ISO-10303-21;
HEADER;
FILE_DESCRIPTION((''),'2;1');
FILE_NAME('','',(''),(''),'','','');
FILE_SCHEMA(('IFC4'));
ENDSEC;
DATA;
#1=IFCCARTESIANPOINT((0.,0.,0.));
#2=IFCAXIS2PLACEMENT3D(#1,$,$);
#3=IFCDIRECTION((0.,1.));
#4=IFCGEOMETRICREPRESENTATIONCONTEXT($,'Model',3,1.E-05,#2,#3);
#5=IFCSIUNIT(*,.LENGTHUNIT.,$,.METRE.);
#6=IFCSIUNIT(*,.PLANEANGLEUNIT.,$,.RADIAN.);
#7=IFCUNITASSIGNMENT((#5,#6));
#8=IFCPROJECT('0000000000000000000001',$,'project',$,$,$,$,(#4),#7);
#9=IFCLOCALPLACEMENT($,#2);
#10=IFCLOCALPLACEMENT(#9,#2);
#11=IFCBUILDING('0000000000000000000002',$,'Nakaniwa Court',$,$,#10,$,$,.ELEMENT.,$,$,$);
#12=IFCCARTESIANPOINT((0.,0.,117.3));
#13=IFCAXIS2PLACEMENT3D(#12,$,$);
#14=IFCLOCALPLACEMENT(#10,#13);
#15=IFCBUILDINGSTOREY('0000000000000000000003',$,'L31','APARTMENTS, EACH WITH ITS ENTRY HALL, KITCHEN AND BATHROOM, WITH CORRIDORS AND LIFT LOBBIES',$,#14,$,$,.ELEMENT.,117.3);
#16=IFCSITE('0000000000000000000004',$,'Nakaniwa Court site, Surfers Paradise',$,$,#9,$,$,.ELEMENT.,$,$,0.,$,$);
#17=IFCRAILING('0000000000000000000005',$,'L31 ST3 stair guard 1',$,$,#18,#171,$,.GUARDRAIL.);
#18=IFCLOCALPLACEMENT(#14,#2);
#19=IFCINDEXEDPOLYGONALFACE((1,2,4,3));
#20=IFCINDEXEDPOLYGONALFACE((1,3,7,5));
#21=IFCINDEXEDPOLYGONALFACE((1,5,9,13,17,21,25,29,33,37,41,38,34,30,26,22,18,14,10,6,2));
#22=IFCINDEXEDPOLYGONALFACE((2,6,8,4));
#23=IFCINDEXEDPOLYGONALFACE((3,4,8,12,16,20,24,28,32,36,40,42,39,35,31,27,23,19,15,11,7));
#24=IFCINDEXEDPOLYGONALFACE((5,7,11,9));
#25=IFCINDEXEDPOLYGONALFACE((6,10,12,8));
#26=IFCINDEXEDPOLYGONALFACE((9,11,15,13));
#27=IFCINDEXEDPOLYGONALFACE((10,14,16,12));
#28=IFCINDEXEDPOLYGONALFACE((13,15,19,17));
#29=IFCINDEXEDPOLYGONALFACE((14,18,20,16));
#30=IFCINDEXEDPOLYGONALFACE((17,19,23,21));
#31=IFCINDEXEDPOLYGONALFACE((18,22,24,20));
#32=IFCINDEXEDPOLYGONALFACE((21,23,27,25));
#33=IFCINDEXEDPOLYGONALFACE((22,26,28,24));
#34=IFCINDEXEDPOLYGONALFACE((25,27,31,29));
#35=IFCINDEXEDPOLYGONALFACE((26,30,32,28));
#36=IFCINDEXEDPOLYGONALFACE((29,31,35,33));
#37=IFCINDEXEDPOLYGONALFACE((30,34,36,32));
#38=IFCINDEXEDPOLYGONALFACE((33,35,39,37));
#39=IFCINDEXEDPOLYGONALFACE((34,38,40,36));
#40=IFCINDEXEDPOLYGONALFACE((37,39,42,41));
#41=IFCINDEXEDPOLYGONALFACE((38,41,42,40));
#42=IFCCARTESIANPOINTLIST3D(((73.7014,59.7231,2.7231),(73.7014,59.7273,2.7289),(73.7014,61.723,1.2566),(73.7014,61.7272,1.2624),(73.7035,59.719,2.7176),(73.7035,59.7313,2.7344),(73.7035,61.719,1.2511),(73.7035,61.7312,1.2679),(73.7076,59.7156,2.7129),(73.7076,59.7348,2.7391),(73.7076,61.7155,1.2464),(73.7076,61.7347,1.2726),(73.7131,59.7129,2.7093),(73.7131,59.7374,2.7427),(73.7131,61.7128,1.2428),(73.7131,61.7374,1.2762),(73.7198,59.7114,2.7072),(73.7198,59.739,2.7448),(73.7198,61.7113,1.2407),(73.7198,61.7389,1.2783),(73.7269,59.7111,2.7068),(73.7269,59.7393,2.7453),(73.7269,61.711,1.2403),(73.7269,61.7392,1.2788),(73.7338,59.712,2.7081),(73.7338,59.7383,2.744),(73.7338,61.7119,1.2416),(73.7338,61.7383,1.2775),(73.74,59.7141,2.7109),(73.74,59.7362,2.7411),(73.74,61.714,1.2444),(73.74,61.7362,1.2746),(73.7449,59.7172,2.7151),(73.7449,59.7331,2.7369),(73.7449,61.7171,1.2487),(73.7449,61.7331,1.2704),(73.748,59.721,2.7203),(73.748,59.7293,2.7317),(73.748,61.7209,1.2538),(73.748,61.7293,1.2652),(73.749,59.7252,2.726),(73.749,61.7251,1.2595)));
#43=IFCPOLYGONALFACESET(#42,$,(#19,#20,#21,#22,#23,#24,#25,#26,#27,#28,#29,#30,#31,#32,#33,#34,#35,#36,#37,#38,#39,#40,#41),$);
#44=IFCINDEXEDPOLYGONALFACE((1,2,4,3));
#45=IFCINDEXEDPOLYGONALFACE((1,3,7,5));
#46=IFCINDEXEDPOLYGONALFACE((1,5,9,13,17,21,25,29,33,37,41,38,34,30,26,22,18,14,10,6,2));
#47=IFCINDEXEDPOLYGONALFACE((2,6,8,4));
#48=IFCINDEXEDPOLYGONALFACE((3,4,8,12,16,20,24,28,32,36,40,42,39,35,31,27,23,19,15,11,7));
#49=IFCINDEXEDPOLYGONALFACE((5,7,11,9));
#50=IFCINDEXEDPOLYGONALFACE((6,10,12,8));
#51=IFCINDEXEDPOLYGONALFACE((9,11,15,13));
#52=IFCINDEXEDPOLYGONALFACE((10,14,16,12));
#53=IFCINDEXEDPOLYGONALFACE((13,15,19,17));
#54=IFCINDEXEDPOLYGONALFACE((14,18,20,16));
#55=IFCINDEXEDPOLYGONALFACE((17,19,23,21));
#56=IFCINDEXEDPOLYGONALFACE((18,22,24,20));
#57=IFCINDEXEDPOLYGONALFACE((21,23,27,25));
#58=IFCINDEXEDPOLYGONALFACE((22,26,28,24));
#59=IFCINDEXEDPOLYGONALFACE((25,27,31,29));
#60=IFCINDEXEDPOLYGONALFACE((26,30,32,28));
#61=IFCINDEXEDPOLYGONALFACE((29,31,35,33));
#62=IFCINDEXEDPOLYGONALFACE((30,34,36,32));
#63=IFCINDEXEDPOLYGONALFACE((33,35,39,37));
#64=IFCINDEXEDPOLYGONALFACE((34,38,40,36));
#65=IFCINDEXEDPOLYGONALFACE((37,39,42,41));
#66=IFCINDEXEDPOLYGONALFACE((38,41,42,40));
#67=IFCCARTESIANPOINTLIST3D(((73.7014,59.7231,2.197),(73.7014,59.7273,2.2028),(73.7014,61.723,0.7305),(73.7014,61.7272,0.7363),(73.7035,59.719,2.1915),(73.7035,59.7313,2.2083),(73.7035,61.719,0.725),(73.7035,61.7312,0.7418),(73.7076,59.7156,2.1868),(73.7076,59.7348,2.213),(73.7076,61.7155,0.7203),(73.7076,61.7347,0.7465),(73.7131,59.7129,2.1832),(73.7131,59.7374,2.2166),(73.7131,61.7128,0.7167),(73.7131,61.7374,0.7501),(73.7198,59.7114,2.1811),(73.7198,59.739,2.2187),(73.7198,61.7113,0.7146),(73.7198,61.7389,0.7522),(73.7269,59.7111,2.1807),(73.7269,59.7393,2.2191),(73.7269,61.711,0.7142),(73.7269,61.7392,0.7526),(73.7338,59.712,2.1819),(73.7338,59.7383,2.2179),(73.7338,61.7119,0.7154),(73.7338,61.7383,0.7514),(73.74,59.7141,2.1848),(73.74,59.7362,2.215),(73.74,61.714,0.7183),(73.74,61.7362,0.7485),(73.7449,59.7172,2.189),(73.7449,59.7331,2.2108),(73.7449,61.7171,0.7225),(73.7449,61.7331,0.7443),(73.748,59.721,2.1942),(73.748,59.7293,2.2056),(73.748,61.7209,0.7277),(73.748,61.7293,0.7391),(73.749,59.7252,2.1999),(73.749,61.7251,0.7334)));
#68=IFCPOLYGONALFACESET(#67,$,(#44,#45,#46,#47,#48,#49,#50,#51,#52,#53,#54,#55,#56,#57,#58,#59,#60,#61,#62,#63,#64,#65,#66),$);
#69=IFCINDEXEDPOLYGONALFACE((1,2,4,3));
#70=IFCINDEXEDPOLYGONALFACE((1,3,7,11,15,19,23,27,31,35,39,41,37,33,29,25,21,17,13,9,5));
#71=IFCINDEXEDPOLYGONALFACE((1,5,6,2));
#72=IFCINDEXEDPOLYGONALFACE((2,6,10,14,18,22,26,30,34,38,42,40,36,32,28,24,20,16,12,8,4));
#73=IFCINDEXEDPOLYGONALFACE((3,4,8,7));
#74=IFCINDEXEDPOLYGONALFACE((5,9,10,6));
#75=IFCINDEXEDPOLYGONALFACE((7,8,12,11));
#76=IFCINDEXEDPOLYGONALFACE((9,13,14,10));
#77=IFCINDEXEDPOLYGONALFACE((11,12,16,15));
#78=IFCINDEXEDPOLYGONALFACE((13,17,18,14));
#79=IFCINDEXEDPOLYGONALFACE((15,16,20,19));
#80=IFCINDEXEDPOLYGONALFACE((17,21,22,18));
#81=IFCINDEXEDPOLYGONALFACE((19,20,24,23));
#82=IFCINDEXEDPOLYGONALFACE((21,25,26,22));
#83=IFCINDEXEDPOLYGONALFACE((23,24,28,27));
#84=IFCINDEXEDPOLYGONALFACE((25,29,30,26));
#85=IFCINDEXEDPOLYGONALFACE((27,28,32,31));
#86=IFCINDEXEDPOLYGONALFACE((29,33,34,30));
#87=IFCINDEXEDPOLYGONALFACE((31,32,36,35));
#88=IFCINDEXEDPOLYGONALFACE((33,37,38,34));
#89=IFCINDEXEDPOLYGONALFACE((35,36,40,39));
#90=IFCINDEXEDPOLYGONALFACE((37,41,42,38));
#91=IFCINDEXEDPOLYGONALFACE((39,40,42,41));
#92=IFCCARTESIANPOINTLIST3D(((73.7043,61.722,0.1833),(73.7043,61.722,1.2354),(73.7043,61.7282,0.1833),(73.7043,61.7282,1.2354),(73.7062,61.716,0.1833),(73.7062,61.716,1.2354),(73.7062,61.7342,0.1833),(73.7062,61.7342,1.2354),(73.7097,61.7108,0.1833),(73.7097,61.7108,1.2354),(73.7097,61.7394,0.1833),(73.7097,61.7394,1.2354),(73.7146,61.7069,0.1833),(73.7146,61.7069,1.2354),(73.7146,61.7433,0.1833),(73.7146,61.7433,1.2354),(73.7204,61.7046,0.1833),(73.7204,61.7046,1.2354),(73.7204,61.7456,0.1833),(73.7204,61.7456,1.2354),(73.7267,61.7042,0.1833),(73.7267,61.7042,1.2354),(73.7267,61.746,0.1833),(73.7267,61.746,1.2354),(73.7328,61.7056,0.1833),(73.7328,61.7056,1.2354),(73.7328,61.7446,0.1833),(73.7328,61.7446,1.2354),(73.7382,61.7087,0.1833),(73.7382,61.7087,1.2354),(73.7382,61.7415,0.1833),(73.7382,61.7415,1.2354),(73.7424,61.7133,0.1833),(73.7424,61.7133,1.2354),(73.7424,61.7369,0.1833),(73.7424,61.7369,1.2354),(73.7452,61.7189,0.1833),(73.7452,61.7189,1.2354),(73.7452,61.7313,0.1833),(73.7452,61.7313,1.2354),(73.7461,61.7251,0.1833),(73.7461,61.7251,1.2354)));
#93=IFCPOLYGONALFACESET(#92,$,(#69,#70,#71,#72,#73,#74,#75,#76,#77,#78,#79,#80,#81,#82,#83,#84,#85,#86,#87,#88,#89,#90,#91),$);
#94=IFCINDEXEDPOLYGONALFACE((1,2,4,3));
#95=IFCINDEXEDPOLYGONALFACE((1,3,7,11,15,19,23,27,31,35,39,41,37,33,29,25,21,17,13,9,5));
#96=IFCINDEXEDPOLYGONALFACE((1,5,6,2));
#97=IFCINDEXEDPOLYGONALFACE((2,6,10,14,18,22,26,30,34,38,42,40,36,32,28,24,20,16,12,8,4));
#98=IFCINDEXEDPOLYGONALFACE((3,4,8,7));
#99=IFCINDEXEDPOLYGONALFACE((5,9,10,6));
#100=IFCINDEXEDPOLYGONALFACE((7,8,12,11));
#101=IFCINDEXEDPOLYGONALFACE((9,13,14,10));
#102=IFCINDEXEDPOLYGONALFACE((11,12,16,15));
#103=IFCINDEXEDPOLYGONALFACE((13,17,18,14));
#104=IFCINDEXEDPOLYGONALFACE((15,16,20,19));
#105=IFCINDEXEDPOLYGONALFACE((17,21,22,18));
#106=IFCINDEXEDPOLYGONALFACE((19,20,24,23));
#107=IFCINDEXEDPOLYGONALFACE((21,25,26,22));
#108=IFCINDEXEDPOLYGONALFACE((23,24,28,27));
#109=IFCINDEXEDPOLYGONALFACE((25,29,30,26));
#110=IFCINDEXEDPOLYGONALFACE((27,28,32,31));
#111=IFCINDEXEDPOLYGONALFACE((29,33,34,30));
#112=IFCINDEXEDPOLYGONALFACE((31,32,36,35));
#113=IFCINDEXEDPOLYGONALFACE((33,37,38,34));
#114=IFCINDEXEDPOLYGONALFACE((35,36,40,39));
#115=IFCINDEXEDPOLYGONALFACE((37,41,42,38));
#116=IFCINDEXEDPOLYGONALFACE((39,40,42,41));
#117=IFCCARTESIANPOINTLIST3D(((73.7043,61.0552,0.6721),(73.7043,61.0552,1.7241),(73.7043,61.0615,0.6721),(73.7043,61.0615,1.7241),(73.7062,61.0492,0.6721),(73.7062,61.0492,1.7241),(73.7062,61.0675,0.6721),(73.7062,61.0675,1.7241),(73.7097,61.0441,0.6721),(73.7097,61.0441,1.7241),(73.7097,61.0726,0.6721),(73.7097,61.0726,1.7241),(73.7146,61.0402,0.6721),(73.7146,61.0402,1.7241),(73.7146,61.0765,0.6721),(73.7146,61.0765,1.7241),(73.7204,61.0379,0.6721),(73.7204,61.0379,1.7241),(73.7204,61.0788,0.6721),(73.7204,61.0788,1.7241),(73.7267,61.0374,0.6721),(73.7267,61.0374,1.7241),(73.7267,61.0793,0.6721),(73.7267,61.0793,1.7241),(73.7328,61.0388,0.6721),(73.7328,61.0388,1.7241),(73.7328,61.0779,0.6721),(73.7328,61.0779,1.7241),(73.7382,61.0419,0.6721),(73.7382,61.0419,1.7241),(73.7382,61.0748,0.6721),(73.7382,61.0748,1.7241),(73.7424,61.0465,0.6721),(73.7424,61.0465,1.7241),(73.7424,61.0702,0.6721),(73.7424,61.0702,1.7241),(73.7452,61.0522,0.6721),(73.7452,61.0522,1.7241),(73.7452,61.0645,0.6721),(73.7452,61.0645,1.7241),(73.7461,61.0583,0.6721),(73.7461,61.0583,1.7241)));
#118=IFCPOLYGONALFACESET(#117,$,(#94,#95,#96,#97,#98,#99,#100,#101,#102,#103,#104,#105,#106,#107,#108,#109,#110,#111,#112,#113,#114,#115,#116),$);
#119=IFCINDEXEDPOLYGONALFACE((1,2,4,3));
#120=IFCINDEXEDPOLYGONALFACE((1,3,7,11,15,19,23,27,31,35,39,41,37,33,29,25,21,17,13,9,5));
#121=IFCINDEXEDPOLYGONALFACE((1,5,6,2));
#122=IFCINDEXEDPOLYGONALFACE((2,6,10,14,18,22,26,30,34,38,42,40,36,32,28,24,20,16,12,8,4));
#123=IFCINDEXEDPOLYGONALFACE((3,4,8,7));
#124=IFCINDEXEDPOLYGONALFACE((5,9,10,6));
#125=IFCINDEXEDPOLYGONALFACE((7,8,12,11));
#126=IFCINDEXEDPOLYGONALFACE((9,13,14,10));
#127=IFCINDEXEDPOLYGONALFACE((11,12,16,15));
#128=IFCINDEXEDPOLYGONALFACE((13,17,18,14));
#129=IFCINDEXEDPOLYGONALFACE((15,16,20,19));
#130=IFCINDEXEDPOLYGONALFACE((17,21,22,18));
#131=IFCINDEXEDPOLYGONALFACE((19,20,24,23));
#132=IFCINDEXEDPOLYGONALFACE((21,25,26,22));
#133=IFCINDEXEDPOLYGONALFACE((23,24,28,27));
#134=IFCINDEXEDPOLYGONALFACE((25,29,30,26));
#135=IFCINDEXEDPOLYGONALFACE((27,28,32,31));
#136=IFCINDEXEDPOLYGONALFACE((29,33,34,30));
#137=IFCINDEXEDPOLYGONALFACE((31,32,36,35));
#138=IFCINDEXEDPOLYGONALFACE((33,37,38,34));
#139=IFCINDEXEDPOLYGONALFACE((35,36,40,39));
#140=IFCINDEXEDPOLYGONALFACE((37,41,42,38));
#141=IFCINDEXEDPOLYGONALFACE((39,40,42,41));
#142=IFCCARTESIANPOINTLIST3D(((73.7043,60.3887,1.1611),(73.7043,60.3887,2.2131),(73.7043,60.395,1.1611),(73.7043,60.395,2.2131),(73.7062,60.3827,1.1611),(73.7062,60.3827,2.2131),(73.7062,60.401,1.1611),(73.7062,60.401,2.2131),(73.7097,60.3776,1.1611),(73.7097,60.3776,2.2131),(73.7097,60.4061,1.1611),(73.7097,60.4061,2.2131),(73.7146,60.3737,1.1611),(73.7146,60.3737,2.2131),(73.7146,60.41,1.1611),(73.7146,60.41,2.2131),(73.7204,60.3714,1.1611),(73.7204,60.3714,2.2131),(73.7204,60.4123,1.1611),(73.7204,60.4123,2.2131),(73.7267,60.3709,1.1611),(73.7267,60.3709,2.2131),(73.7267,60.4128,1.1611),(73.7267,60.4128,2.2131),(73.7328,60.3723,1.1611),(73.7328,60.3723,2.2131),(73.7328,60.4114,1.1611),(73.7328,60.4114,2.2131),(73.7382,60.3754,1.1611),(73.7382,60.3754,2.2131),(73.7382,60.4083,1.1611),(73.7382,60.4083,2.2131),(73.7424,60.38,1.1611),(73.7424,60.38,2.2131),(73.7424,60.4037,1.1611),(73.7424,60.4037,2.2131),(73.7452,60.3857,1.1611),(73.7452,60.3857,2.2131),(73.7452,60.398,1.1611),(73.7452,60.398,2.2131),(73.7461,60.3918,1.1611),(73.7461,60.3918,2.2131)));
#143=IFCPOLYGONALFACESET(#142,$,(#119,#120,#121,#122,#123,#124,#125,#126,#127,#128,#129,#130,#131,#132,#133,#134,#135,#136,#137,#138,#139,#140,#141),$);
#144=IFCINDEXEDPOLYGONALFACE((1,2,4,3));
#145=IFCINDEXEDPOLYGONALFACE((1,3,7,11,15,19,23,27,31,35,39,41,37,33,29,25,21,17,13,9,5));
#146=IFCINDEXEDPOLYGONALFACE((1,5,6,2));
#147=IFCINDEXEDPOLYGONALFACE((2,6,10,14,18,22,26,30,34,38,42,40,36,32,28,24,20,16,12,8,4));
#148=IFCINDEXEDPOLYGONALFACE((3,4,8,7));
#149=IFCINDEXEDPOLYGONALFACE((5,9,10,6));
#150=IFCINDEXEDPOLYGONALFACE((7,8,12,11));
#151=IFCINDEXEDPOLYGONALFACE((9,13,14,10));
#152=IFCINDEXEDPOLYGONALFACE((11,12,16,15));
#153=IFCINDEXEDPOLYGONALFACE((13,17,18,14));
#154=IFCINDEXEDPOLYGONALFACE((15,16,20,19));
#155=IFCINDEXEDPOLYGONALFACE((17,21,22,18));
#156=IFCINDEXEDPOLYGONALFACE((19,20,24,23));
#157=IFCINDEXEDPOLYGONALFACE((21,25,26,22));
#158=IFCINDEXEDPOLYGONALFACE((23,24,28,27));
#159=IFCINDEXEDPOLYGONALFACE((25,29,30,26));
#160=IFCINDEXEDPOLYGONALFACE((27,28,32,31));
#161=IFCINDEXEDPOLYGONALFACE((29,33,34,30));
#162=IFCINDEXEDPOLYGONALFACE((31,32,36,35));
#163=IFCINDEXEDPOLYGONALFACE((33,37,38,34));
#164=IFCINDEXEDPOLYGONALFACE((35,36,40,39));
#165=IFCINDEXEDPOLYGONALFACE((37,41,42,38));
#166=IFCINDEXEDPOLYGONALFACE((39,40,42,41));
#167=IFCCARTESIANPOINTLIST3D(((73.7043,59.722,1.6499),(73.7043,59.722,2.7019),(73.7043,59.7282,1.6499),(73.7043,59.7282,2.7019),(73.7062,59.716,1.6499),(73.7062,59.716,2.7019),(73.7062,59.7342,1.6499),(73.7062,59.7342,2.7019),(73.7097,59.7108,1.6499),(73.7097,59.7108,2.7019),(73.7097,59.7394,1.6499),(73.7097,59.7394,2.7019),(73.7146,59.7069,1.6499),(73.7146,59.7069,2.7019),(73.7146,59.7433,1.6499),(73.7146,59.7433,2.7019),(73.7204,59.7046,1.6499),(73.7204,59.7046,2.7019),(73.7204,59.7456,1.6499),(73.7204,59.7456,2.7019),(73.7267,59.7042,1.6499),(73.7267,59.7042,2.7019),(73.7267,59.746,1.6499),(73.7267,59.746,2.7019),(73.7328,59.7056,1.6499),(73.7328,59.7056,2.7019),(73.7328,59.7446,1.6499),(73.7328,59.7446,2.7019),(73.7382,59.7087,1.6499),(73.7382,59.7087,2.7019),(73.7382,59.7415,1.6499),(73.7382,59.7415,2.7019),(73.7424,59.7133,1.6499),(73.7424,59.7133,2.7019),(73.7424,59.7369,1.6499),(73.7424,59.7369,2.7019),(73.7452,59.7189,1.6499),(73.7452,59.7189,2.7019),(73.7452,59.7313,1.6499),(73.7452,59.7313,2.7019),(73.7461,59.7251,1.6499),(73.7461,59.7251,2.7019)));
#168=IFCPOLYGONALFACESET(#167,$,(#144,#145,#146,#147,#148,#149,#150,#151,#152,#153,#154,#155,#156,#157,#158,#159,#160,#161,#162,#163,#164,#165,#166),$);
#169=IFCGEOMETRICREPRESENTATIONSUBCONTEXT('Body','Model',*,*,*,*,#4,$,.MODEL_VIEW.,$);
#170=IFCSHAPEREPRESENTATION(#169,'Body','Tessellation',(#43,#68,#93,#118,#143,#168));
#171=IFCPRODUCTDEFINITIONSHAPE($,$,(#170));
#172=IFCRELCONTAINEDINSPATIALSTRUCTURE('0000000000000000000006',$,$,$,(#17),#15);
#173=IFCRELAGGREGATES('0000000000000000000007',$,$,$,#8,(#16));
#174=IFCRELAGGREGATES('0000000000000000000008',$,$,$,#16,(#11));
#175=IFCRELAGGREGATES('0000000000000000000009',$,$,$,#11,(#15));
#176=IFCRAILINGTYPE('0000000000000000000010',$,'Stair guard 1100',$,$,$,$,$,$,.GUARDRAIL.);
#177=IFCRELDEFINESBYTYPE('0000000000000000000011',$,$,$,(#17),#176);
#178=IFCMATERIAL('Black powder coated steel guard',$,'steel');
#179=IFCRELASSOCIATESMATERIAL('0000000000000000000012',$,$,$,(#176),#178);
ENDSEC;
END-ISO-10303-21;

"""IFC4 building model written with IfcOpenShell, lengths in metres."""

from ifc_helpers import new_model, si_unit, direction, frame, origin, origin_2d, place, context, subcontext, project, spatial, circle, extrude, material, type_object, element, save


model = new_model("IFC4")

# Units and contexts
model_context = context("Model", 3, precision=1e-05, world=origin(), true_north=direction((0.0, 1.0)))
body_context = subcontext(model_context, "Body", "Model", "MODEL_VIEW")
ifc_project = project(units=[si_unit("LENGTHUNIT", "METRE"), si_unit("PLANEANGLEUNIT", "RADIAN")], contexts=[model_context])

# Site, building, storey
site_placement = place(None, origin())
site = spatial("IfcSite", under=ifc_project, at=site_placement, Name="Nakaniwa Court site, Surfers Paradise", CompositionType="ELEMENT", RefElevation=0.0)
building_placement = place(site_placement, origin())
building = spatial("IfcBuilding", under=site, at=building_placement, Name="Nakaniwa Court", CompositionType="ELEMENT")
storey_placement = place(building_placement, frame((0.0, 0.0, 117.3)))
storey = spatial("IfcBuildingStorey", under=building, at=storey_placement, Name="L31", Description="APARTMENTS, EACH WITH ITS ENTRY HALL, KITCHEN AND BATHROOM, WITH CORRIDORS AND LIFT LOBBIES", CompositionType="ELEMENT", Elevation=117.3)

# Railing
ifc_material_1 = material(Name="Black powder coated steel guard", Category="steel")
railing_type_1 = type_object("IfcRailingType", Name="Stair guard 1100", PredefinedType="GUARDRAIL", material=ifc_material_1)
railing_1_placement = place(storey_placement, frame((73.7251, 61.7251, 0.1833)))
element("IfcRailing", 1, at=railing_1_placement, inside=storey, type_object=railing_type_1, Name="L31 ST3 stair guard 1", PredefinedType="GUARDRAIL", context=body_context, shape_type="SweptSolid", body=[
    extrude(circle(Radius=0.0239, at=origin_2d()), frame((0.0, 0.0, 1.0762), z_axis=(0.0, -0.806427, 0.591334), x_axis=(1.0, 0.0, 0.0)), (0.0, 0.0, 1.0), 2.48),
    extrude(circle(Radius=0.0239, at=origin_2d()), frame((0.0, 0.0, 0.55), z_axis=(0.0, -0.806427, 0.591334), x_axis=(1.0, 0.0, 0.0)), (0.0, 0.0, 1.0), 2.48),
    extrude(circle(Radius=0.021, at=origin_2d()), origin(), (0.0, 0.0, 1.0), 1.052),
    extrude(circle(Radius=0.021, at=origin_2d()), frame((0.0, -0.6667, 0.4888)), (0.0, 0.0, 1.0), 1.052),
    extrude(circle(Radius=0.021, at=origin_2d()), frame((0.0, -1.3333, 0.9778)), (0.0, 0.0, 1.0), 1.052),
    extrude(circle(Radius=0.021, at=origin_2d()), frame((0.0, -2.0, 1.4666)), (0.0, 0.0, 1.0), 1.052),
])

save(model, "model.ifc")
